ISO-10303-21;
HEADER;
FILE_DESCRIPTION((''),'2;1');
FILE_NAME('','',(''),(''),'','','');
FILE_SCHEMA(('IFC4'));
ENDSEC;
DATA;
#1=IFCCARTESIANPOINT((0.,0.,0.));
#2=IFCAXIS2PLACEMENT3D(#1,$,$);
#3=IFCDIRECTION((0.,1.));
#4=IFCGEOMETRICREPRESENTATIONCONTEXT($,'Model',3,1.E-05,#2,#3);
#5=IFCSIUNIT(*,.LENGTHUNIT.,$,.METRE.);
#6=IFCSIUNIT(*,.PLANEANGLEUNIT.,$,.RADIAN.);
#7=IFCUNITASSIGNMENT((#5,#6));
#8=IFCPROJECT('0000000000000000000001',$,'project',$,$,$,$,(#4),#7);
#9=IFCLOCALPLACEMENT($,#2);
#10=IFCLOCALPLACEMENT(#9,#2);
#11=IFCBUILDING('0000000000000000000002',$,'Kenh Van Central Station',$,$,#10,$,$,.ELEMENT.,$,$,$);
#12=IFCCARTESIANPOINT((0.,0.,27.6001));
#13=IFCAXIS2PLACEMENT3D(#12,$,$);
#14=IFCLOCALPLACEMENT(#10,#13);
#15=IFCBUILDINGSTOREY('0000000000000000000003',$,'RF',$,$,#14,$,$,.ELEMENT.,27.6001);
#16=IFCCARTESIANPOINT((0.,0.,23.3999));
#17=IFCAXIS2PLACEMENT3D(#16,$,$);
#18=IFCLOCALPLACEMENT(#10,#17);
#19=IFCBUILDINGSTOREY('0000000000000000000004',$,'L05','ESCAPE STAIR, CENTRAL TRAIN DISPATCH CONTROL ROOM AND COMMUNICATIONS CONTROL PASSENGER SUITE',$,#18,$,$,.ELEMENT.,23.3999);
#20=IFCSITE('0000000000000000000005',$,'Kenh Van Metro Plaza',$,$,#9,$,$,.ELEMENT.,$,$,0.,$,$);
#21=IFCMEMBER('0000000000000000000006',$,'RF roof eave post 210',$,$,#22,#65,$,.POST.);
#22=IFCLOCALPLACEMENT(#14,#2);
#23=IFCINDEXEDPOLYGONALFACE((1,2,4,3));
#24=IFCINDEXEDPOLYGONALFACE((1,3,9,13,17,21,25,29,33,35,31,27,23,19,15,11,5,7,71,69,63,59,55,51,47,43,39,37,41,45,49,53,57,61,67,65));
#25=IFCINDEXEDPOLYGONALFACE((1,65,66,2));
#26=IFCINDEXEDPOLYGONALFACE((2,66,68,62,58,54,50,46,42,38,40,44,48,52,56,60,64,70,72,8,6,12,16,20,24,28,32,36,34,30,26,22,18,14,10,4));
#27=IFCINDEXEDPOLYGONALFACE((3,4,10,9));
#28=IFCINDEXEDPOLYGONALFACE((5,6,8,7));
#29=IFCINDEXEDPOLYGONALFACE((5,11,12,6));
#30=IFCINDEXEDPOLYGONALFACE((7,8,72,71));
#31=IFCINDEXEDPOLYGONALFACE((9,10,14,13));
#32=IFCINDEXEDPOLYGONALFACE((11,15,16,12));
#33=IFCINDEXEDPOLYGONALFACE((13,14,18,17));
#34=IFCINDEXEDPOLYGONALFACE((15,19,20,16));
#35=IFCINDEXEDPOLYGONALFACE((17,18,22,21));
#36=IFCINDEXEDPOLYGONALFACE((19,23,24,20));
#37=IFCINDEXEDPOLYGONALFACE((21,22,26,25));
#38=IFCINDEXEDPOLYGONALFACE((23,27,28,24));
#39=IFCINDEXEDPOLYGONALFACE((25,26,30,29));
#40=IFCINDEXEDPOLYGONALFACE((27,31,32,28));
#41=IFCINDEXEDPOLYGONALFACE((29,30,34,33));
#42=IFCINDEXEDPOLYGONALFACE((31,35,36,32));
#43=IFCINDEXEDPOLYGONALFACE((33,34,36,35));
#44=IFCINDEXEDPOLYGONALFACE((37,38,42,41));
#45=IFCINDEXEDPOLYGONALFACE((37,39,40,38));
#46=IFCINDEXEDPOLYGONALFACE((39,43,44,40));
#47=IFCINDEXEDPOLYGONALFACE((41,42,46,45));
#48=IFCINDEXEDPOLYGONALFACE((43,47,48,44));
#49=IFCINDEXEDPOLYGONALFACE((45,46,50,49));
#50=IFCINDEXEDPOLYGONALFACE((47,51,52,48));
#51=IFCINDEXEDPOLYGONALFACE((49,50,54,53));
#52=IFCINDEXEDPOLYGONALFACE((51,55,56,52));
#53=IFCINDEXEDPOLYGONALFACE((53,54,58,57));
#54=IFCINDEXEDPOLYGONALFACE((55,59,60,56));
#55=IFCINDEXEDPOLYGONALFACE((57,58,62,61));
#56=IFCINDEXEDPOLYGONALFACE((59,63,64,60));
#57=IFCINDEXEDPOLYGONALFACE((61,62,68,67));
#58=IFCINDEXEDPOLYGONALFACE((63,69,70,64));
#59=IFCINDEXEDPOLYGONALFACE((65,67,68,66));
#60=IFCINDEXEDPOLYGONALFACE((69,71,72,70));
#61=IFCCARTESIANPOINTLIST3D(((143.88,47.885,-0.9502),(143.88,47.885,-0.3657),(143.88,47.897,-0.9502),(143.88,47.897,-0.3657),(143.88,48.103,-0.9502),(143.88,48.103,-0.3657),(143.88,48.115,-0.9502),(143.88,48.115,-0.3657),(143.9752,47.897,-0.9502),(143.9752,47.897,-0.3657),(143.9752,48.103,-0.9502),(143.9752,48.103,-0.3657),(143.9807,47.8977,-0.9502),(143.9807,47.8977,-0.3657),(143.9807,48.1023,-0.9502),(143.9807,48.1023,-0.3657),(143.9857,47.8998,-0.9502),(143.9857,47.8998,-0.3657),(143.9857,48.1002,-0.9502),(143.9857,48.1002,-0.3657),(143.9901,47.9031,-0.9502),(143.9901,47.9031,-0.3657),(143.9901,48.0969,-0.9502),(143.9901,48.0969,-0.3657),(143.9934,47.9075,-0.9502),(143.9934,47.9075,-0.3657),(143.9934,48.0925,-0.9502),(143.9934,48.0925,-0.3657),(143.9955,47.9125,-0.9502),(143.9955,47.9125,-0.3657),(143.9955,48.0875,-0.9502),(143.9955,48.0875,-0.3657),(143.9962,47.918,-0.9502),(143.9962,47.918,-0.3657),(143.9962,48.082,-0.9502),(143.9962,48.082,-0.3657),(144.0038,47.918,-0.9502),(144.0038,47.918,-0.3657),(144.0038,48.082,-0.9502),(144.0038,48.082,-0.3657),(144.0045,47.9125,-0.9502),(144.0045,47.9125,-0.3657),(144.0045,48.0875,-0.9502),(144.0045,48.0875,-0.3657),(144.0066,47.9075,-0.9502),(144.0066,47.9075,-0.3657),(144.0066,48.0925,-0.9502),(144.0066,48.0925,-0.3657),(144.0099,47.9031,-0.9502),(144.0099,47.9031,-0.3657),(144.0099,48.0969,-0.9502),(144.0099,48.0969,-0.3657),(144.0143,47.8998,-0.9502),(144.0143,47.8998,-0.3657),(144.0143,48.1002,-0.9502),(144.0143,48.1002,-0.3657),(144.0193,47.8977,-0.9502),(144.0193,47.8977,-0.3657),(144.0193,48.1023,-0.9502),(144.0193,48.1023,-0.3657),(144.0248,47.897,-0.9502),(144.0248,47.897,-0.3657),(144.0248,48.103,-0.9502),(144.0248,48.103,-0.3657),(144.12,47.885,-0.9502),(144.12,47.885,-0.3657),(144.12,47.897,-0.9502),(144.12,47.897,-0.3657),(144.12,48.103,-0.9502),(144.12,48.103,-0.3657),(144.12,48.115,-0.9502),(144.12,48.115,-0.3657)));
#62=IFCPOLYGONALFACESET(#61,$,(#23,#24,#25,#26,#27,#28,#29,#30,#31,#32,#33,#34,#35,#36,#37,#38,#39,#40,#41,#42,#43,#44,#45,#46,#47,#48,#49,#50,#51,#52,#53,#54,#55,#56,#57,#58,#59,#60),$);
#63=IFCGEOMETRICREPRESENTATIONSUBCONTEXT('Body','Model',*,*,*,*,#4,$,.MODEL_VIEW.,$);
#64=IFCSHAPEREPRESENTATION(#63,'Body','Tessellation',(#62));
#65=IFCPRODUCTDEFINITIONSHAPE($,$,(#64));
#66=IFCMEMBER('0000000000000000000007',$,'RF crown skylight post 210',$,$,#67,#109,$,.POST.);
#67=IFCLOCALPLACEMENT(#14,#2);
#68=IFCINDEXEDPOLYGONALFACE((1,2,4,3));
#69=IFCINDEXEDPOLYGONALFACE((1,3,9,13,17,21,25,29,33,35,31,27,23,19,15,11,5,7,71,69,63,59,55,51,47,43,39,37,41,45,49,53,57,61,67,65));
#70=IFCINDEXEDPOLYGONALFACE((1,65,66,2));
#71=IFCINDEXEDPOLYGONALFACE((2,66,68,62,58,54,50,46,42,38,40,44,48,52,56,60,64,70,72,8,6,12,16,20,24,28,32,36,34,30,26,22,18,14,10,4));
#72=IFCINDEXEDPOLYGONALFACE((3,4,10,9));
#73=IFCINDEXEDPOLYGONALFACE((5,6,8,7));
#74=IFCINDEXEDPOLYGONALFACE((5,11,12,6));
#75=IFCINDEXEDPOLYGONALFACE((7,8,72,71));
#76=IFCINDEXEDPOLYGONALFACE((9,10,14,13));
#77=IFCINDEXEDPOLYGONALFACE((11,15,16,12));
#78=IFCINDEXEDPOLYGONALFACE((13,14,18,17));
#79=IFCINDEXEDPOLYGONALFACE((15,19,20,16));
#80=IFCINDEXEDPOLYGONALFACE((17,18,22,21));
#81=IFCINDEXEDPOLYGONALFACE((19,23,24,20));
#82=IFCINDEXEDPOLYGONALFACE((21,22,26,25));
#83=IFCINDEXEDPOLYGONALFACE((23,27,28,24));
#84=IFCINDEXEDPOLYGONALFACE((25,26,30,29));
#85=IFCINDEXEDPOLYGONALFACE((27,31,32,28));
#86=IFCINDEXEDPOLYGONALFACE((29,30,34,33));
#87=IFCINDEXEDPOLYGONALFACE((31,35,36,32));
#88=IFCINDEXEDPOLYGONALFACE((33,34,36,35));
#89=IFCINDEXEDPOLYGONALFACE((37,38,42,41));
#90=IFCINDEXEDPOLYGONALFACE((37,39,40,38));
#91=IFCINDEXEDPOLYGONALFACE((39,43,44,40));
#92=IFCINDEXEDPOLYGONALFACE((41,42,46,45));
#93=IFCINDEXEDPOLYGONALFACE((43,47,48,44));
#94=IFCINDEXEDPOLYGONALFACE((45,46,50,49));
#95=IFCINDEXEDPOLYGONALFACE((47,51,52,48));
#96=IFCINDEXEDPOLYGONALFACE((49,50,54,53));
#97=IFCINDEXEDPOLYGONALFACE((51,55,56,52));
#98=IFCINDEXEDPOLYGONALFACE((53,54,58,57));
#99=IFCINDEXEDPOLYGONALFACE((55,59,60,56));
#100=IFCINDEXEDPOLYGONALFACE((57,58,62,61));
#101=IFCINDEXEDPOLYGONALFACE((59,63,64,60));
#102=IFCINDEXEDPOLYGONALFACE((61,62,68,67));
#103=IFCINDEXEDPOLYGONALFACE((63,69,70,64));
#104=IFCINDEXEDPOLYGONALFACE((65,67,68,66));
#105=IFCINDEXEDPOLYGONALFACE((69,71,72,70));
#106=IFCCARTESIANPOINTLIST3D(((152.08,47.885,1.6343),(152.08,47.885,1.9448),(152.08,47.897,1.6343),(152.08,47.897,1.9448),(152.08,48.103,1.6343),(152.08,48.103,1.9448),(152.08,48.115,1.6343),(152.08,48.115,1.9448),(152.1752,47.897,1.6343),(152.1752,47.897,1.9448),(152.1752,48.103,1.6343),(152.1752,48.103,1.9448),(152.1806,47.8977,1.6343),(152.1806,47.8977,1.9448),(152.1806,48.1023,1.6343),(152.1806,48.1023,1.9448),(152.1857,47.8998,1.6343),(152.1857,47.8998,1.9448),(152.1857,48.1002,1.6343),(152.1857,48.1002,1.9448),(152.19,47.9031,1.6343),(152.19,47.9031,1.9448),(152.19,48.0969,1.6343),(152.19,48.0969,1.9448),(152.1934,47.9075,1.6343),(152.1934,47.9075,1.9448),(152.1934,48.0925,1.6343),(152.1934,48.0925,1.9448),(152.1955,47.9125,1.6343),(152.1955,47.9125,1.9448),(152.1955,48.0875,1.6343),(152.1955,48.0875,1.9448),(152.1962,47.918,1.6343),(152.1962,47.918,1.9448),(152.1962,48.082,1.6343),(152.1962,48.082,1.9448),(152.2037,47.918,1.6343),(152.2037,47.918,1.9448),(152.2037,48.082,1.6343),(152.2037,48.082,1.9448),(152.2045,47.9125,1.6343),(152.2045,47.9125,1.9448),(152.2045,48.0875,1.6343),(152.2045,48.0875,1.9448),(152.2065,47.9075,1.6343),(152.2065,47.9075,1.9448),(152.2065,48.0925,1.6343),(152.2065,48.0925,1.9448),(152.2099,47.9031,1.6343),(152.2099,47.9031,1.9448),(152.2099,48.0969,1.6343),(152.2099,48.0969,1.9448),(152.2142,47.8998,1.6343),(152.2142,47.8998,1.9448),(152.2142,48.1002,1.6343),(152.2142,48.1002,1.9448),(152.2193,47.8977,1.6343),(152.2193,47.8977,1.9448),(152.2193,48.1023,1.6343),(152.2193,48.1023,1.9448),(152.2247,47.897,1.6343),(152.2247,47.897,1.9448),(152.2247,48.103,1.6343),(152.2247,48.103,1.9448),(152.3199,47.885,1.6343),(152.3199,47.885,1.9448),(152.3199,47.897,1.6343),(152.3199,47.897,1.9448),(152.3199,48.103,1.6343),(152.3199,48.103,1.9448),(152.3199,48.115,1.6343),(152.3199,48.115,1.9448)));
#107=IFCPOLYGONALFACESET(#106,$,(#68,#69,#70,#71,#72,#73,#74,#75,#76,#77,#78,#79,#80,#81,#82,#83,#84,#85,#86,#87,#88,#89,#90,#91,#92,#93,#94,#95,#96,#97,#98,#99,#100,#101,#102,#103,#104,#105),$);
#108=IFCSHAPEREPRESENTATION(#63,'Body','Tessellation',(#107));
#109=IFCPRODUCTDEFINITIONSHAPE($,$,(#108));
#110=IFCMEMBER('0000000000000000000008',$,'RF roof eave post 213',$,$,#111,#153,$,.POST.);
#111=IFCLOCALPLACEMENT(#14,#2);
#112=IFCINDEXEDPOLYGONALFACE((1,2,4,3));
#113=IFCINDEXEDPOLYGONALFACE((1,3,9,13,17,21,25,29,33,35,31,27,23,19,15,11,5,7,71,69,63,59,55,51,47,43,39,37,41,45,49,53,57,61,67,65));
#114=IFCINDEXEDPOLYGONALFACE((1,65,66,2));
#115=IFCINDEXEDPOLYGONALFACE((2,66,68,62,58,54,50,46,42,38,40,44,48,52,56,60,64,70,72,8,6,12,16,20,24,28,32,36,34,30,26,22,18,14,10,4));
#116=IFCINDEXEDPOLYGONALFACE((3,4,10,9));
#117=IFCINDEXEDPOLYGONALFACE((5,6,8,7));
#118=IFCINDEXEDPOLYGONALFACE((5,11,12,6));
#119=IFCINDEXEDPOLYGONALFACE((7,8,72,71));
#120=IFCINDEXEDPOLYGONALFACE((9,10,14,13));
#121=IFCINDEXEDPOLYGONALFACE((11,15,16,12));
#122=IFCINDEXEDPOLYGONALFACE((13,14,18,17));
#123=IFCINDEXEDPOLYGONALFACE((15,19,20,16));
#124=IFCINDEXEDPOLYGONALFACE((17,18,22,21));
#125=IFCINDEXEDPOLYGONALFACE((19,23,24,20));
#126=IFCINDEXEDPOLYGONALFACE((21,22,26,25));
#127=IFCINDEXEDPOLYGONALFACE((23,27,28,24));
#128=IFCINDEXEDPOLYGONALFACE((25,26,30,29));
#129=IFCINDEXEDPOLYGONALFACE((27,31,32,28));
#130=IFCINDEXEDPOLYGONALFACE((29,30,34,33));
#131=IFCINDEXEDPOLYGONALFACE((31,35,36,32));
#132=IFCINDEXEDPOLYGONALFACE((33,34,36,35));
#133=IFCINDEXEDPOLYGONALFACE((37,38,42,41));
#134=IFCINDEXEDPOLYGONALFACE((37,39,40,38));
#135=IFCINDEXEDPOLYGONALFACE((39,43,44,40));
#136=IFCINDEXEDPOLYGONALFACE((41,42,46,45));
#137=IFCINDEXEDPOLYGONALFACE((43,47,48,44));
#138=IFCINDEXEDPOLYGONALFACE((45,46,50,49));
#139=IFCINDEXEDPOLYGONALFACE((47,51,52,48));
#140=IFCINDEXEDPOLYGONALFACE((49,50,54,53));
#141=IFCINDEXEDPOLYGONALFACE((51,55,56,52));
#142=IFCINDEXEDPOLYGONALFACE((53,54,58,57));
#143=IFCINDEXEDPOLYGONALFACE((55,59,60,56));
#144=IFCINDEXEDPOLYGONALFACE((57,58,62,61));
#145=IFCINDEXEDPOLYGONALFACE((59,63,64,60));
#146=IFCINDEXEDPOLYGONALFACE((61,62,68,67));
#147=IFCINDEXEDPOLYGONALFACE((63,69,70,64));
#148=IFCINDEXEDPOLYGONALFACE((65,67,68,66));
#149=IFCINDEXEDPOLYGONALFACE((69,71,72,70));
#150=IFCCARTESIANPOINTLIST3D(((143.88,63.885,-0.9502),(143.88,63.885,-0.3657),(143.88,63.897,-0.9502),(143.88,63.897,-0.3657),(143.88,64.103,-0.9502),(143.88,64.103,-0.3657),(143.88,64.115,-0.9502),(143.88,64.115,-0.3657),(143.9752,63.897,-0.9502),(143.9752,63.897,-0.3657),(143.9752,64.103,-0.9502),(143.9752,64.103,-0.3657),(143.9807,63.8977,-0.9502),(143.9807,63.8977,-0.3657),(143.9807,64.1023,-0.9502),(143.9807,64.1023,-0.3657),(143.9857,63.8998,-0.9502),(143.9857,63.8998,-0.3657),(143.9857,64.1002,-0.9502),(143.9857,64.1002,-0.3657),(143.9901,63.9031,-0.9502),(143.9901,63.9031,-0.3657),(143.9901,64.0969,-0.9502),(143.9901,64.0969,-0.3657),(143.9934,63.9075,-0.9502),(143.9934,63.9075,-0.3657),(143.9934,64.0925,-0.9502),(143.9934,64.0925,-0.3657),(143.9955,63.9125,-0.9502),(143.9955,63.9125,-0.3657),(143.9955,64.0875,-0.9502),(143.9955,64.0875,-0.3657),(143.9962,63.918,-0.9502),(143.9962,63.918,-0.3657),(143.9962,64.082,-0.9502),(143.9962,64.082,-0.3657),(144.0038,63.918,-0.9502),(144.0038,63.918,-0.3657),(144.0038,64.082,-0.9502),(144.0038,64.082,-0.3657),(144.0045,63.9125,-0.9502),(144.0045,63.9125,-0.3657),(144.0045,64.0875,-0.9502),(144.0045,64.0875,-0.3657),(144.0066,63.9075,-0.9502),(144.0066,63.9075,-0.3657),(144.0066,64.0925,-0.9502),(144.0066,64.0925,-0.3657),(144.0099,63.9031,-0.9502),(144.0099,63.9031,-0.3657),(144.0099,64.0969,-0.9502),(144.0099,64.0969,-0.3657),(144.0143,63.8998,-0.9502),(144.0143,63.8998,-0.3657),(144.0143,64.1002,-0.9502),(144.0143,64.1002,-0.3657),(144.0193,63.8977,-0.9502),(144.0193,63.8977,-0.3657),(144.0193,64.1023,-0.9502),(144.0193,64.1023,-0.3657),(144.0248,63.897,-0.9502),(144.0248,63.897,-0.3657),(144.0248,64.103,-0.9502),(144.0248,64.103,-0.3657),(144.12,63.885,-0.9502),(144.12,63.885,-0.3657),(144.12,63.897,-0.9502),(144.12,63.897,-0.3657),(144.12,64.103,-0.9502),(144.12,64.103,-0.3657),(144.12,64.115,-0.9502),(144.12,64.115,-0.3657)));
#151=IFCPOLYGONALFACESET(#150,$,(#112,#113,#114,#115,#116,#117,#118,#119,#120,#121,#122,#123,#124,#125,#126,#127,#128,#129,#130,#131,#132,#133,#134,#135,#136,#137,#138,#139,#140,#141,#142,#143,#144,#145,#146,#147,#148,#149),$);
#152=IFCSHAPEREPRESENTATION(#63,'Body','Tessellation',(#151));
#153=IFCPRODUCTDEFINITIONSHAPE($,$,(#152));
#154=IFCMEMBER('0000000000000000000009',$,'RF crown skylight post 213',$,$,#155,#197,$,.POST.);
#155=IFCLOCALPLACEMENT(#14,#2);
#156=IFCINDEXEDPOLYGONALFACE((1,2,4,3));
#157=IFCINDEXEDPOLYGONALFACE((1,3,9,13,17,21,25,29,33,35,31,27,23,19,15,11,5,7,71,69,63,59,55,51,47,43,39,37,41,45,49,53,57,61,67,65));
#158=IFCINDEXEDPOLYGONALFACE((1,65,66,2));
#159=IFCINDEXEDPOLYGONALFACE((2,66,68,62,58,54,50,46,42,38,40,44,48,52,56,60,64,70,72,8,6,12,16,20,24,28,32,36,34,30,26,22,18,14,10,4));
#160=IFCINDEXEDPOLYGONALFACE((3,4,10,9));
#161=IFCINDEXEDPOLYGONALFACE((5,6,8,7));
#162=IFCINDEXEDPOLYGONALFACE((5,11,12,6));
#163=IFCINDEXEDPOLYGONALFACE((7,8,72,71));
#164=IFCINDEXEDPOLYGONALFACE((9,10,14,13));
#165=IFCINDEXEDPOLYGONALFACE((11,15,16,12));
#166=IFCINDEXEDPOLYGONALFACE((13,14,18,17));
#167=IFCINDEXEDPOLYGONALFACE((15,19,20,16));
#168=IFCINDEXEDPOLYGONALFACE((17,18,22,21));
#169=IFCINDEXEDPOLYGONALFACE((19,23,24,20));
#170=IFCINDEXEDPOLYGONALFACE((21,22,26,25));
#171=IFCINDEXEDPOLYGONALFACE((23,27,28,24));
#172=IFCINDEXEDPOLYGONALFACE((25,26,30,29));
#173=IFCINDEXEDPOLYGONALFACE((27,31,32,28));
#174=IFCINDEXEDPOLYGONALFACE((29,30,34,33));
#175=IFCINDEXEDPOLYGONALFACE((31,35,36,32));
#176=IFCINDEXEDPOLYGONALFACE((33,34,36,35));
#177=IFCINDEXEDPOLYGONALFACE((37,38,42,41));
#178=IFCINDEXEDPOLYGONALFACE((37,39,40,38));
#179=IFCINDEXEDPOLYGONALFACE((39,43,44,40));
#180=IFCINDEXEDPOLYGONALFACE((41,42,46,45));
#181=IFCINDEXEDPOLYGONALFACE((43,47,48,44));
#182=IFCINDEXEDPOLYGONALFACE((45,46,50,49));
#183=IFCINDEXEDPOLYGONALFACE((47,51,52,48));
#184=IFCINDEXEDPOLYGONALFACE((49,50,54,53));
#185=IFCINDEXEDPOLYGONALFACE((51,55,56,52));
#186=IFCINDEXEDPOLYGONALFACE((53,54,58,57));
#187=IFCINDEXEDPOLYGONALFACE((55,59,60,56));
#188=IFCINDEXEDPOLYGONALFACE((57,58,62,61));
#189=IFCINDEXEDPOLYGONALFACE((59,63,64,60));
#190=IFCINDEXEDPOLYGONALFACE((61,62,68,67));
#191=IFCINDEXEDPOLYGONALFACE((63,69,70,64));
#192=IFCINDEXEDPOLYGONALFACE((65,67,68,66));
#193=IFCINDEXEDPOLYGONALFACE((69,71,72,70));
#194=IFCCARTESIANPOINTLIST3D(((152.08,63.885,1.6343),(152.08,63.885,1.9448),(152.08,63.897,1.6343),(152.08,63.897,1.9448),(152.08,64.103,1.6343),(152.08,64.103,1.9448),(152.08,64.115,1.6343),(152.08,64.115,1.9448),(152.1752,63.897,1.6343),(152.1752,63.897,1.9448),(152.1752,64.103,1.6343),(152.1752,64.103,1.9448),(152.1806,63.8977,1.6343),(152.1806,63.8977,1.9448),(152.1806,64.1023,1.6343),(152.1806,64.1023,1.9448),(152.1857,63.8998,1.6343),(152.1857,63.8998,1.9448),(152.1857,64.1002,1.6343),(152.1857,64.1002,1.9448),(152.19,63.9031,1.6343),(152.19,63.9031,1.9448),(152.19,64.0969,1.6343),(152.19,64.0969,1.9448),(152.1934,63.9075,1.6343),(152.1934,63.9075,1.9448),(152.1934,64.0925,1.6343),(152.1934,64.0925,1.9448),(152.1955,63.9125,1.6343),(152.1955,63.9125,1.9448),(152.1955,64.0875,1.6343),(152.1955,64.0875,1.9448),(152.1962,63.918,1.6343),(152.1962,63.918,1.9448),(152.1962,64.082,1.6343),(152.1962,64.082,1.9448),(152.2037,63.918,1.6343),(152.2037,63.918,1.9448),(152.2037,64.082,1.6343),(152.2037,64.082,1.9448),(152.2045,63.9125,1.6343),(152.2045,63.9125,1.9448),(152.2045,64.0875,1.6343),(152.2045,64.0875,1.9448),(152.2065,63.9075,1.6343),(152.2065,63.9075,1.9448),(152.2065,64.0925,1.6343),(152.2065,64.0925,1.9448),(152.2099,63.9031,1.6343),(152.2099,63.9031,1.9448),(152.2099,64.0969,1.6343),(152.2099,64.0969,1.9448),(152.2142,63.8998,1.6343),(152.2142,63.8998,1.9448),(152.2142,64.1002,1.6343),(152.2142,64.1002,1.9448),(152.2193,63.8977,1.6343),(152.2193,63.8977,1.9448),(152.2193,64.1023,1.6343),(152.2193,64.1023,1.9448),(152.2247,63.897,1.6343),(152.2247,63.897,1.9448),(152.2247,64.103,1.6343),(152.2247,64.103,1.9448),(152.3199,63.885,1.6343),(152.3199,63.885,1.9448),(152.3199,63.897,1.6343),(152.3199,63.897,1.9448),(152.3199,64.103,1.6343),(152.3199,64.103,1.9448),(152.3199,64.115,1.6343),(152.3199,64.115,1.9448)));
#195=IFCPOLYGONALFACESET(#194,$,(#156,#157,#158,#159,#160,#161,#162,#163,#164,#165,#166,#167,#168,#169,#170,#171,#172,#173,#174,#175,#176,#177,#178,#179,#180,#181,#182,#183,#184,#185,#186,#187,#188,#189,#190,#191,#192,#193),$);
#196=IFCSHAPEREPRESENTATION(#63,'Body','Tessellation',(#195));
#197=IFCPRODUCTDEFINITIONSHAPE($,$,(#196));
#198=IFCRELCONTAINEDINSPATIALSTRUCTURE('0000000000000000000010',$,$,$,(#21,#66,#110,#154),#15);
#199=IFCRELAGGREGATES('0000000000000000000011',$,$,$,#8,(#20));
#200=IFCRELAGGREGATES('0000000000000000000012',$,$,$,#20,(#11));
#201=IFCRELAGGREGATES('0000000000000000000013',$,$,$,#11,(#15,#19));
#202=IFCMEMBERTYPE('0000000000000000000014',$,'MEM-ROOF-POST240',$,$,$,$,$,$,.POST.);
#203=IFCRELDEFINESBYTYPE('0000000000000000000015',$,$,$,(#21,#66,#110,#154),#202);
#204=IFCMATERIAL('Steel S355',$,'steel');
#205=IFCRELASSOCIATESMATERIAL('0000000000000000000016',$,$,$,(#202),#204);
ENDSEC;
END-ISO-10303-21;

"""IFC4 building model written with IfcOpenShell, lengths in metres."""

from ifc_helpers import new_model, si_unit, direction, frame, origin, origin_2d, place, context, subcontext, project, spatial, i_section, extrude, material, material_profile, profile_set, type_object, element, save


model = new_model("IFC4")

# Units and contexts
model_context = context("Model", 3, precision=1e-05, world=origin(), true_north=direction((0.0, 1.0)))
body_context = subcontext(model_context, "Body", "Model", "MODEL_VIEW")
ifc_project = project(units=[si_unit("LENGTHUNIT", "METRE"), si_unit("PLANEANGLEUNIT", "RADIAN")], contexts=[model_context])

# Site, building, storey
site_placement = place(None, origin())
site = spatial("IfcSite", under=ifc_project, at=site_placement, Name="Kenh Van Metro Plaza", CompositionType="ELEMENT", RefElevation=0.0)
building_placement = place(site_placement, origin())
building = spatial("IfcBuilding", under=site, at=building_placement, Name="Kenh Van Central Station", CompositionType="ELEMENT")
storey_1_placement = place(building_placement, frame((0.0, 0.0, 27.6001)))
storey_1 = spatial("IfcBuildingStorey", under=building, at=storey_1_placement, Name="RF", CompositionType="ELEMENT", Elevation=27.6001)

# Shared definitions
ifc_material_1 = material(Name="Steel S355", Category="steel")

# Members
ifc_material_profile_1 = material_profile(ifc_material_1, i_section(OverallWidth=0.24, OverallDepth=0.23, WebThickness=0.0076, FlangeThickness=0.012, FilletRadius=0.021, at=origin_2d()), Name="HEA 240")
ifc_profile_set_1 = profile_set([ifc_material_profile_1], Name="Steel S355")
member_type_1 = type_object("IfcMemberType", Name="MEM-ROOF-POST240", PredefinedType="POST", material=ifc_profile_set_1)
member_1_placement = place(storey_1_placement, frame((144.0, 48.0, -0.9502), z_axis=(0.0, 0.0, 1.0), x_axis=(1.0, 0.0, 0.0)))
element("IfcMember", 1, at=member_1_placement, inside=storey_1, type_object=member_type_1, Name="RF roof eave post 210", PredefinedType="POST", context=body_context, shape_type="SweptSolid", body=[
    extrude(i_section(OverallWidth=0.24, OverallDepth=0.23, WebThickness=0.0076, FlangeThickness=0.012, FilletRadius=0.021, at=origin_2d()), origin(), (0.0, 0.0, 1.0), 0.5845),
])
member_2_placement = place(storey_1_placement, frame((152.2, 48.0, 1.6343), z_axis=(0.0, 0.0, 1.0), x_axis=(1.0, 0.0, 0.0)))
element("IfcMember", 2, at=member_2_placement, inside=storey_1, type_object=member_type_1, Name="RF crown skylight post 210", PredefinedType="POST", context=body_context, shape_type="SweptSolid", body=[
    extrude(i_section(OverallWidth=0.24, OverallDepth=0.23, WebThickness=0.0076, FlangeThickness=0.012, FilletRadius=0.021, at=origin_2d()), origin(), (0.0, 0.0, 1.0), 0.3105),
])
member_3_placement = place(storey_1_placement, frame((144.0, 64.0, -0.9502), z_axis=(0.0, 0.0, 1.0), x_axis=(1.0, 0.0, 0.0)))
element("IfcMember", 3, at=member_3_placement, inside=storey_1, type_object=member_type_1, Name="RF roof eave post 213", PredefinedType="POST", context=body_context, shape_type="SweptSolid", body=[
    extrude(i_section(OverallWidth=0.24, OverallDepth=0.23, WebThickness=0.0076, FlangeThickness=0.012, FilletRadius=0.021, at=origin_2d()), origin(), (0.0, 0.0, 1.0), 0.5845),
])
member_4_placement = place(storey_1_placement, frame((152.2, 64.0, 1.6343), z_axis=(0.0, 0.0, 1.0), x_axis=(1.0, 0.0, 0.0)))
element("IfcMember", 4, at=member_4_placement, inside=storey_1, type_object=member_type_1, Name="RF crown skylight post 213", PredefinedType="POST", context=body_context, shape_type="SweptSolid", body=[
    extrude(i_section(OverallWidth=0.24, OverallDepth=0.23, WebThickness=0.0076, FlangeThickness=0.012, FilletRadius=0.021, at=origin_2d()), origin(), (0.0, 0.0, 1.0), 0.3105),
])

# Shared definitions
storey_2_placement = place(building_placement, frame((0.0, 0.0, 23.3999)))
storey_2 = spatial("IfcBuildingStorey", under=building, at=storey_2_placement, Name="L05", Description="ESCAPE STAIR, CENTRAL TRAIN DISPATCH CONTROL ROOM AND COMMUNICATIONS CONTROL PASSENGER SUITE", CompositionType="ELEMENT", Elevation=23.3999)

save(model, "model.ifc")
